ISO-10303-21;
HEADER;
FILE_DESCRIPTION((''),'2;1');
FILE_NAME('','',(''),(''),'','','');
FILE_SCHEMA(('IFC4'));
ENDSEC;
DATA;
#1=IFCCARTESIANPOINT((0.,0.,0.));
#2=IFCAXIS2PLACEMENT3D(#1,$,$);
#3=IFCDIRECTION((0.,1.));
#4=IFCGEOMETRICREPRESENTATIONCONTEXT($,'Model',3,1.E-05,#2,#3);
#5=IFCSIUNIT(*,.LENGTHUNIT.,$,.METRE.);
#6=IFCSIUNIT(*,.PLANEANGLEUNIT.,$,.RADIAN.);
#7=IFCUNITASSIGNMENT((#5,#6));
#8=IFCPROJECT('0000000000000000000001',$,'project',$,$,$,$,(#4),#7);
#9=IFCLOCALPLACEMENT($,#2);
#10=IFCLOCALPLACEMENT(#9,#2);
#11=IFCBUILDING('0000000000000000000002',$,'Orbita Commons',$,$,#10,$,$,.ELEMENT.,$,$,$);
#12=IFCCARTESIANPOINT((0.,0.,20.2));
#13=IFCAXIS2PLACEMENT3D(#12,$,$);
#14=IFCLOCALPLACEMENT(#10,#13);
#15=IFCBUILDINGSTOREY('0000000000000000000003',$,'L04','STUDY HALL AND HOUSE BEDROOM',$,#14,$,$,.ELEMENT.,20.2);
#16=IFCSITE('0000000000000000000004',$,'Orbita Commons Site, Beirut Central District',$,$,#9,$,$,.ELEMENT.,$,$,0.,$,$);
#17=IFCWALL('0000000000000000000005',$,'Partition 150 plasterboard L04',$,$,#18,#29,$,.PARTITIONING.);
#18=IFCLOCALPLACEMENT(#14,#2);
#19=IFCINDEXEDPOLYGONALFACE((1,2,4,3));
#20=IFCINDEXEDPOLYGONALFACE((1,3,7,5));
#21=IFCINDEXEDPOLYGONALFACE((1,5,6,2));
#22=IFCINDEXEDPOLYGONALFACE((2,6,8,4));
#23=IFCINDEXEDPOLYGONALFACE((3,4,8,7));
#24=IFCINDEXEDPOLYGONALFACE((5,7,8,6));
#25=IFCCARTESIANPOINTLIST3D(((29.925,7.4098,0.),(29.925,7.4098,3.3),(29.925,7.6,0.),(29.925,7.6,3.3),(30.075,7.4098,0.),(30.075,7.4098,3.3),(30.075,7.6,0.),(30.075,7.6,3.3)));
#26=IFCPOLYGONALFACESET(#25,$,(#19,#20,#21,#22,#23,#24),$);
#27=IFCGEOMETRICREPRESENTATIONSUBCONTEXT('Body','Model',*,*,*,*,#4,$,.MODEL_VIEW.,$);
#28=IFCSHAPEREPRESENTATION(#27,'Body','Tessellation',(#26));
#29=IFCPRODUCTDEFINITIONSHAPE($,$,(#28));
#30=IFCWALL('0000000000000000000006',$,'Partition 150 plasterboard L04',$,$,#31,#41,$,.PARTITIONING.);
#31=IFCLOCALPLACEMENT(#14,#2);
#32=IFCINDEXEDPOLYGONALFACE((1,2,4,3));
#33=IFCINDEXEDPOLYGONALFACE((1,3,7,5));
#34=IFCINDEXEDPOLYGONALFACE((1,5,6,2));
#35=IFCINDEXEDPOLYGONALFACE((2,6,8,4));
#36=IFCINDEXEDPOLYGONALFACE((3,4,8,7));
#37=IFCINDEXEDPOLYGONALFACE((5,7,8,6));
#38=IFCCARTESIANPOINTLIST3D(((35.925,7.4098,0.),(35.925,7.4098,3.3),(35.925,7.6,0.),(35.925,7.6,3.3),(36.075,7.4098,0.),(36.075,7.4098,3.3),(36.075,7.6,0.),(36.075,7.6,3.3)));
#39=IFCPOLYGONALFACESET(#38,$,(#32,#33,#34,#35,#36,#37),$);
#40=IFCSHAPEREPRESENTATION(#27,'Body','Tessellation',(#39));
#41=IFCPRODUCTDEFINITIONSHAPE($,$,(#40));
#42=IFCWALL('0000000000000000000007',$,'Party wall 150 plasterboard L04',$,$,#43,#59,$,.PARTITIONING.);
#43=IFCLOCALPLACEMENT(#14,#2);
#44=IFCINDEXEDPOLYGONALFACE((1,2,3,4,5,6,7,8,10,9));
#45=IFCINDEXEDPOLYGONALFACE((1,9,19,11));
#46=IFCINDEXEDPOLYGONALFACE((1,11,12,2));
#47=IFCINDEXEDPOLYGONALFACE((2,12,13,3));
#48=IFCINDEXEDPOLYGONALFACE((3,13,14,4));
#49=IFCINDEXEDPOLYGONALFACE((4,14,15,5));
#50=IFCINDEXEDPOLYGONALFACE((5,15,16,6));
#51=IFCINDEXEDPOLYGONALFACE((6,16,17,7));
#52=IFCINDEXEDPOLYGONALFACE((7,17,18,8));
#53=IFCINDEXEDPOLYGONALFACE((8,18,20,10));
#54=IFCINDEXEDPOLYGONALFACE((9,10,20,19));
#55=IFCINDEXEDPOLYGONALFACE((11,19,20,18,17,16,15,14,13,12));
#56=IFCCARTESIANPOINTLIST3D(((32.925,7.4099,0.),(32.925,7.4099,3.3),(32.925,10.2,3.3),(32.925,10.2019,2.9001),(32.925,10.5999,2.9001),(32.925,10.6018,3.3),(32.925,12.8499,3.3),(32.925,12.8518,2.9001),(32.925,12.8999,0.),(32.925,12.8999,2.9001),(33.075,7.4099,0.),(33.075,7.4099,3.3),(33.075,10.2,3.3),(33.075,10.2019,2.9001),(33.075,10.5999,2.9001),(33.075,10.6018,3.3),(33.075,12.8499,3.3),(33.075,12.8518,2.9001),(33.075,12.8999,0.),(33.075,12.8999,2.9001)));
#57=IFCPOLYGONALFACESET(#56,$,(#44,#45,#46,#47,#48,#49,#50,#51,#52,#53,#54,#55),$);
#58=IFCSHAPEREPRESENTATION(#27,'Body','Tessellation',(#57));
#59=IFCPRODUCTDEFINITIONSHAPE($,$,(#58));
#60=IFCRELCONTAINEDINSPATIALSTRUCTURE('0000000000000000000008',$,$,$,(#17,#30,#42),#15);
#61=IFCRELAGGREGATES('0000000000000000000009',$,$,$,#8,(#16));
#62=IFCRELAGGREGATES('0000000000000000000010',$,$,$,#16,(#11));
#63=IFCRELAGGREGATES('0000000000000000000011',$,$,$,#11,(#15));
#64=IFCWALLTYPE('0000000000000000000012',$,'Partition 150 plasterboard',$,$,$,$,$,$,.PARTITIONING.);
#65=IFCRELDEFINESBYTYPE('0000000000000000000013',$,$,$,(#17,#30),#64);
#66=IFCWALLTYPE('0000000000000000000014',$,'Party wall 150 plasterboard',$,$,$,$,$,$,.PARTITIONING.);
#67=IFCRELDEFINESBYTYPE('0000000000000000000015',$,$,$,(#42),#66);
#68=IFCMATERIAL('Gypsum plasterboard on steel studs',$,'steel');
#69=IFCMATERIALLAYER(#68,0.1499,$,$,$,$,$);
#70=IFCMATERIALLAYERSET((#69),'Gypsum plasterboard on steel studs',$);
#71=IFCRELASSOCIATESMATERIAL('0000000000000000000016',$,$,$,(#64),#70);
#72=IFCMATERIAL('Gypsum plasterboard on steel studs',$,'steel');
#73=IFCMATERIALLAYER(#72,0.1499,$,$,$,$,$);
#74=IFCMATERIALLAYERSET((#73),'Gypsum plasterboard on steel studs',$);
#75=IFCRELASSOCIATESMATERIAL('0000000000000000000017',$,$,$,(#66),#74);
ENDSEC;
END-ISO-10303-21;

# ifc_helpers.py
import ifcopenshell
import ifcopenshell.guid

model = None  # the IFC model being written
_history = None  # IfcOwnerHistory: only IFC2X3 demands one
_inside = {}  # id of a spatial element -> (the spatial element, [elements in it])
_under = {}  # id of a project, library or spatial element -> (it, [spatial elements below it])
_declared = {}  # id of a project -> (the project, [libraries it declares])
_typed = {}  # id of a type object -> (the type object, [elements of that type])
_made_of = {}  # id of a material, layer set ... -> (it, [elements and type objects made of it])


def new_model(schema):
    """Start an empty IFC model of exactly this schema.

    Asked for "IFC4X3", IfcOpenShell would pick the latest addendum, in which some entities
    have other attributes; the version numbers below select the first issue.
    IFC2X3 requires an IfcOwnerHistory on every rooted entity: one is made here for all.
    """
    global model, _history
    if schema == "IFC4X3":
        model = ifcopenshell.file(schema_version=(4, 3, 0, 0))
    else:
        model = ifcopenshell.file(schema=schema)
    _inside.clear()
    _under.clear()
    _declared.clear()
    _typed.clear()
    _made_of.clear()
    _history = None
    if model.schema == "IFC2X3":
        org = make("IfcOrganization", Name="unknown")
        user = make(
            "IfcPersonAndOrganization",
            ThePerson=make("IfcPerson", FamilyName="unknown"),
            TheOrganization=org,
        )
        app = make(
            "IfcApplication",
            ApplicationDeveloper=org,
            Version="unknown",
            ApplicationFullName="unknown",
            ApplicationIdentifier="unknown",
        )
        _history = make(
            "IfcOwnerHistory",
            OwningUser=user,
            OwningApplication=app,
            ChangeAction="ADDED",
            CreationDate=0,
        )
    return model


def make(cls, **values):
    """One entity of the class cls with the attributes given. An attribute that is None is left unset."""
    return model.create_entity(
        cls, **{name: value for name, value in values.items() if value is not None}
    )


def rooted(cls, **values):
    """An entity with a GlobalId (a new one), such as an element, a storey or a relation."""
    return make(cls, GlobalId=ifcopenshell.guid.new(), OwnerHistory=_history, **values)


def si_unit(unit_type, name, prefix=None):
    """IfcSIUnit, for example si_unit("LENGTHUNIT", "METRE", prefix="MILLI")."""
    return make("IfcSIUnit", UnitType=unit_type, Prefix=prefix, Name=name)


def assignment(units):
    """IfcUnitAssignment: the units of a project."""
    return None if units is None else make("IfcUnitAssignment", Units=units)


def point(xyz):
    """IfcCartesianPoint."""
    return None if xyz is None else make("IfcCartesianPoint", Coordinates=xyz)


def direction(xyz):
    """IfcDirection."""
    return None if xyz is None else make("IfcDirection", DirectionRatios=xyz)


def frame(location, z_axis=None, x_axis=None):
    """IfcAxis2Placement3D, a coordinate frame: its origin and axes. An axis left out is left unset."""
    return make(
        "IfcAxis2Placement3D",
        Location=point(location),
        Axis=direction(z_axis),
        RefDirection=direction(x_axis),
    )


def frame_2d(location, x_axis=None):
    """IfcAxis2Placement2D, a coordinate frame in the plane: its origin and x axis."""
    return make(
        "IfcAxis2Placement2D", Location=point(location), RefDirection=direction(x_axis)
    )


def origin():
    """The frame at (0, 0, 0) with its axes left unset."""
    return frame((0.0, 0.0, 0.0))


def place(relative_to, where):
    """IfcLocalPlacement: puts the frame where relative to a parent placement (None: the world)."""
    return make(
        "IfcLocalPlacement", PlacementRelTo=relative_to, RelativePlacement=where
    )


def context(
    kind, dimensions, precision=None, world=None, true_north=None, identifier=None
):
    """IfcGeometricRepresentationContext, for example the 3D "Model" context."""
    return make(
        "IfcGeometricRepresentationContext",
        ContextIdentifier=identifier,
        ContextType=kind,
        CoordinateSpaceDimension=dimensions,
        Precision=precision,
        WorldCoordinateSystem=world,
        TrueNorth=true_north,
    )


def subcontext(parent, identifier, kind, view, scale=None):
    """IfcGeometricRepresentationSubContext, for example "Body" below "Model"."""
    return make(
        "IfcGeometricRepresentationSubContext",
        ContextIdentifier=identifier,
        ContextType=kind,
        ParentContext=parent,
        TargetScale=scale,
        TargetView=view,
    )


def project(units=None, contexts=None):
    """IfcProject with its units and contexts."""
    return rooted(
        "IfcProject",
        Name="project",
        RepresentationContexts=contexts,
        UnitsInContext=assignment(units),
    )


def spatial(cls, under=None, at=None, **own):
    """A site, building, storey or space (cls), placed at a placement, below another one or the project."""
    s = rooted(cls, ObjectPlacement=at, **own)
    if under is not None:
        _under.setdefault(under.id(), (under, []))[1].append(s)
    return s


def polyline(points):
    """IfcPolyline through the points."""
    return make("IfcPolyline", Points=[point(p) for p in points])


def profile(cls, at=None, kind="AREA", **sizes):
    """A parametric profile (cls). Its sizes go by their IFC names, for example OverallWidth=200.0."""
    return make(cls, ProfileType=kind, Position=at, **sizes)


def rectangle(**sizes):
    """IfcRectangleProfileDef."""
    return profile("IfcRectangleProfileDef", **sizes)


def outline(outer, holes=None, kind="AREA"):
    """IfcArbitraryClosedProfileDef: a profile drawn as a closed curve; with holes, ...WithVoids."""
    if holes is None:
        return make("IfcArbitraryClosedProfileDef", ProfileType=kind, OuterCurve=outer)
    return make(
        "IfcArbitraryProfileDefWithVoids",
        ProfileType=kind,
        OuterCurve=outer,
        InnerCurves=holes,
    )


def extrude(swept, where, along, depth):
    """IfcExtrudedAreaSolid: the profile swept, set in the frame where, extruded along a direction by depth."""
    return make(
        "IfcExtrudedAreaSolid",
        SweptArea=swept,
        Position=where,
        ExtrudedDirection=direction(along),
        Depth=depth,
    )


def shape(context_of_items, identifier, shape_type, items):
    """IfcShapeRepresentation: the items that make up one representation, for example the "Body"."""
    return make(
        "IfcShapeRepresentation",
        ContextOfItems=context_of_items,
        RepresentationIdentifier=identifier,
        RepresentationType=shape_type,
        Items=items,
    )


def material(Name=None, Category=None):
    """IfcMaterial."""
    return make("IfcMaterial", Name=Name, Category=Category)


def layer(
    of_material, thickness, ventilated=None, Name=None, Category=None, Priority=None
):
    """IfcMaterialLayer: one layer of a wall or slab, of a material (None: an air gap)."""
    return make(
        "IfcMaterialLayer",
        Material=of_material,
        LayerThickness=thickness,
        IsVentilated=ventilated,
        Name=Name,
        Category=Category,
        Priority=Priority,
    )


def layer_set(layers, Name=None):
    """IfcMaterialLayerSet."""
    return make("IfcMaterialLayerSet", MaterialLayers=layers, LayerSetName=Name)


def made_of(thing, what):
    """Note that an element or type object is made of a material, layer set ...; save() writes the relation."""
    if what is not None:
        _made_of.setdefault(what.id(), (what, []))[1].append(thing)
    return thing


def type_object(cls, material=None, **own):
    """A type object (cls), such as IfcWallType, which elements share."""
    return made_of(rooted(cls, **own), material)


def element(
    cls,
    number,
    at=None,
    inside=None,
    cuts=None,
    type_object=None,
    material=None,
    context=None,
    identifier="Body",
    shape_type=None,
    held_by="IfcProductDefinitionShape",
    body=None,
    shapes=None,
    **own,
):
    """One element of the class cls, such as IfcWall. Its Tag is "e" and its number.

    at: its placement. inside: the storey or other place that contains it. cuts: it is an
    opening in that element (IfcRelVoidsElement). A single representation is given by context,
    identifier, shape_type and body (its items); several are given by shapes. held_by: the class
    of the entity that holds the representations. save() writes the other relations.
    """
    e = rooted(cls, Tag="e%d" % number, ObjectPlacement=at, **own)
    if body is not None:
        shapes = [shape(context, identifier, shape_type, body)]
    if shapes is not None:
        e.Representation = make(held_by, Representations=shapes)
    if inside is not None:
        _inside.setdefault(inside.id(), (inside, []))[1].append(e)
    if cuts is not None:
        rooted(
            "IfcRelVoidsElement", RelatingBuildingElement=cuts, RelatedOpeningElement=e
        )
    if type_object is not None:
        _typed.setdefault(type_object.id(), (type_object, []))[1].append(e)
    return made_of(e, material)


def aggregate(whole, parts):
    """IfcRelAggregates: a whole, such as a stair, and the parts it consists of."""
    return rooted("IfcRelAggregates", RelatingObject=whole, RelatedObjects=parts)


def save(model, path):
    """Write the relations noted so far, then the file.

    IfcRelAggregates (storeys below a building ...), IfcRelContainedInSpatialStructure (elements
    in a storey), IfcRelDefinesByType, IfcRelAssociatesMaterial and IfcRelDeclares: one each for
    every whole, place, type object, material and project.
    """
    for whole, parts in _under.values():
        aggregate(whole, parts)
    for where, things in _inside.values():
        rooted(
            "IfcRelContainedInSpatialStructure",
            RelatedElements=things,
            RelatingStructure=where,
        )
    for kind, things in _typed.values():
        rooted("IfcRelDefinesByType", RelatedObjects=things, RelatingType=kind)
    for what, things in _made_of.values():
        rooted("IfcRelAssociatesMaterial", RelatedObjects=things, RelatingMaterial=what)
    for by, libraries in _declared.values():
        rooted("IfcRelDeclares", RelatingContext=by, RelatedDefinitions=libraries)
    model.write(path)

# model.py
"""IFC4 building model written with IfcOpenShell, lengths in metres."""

from ifc_helpers import new_model, si_unit, direction, frame, frame_2d, origin, place, context, subcontext, project, spatial, polyline, rectangle, outline, extrude, material, layer, layer_set, type_object, element, save


model = new_model("IFC4")

# Units and contexts
model_context = context("Model", 3, precision=1e-05, world=origin(), true_north=direction((0.0, 1.0)))
body_context = subcontext(model_context, "Body", "Model", "MODEL_VIEW")
ifc_project = project(units=[si_unit("LENGTHUNIT", "METRE"), si_unit("PLANEANGLEUNIT", "RADIAN")], contexts=[model_context])

# Site, building, storey
site_placement = place(None, origin())
site = spatial("IfcSite", under=ifc_project, at=site_placement, Name="Orbita Commons Site, Beirut Central District", CompositionType="ELEMENT", RefElevation=0.0)
building_placement = place(site_placement, origin())
building = spatial("IfcBuilding", under=site, at=building_placement, Name="Orbita Commons", CompositionType="ELEMENT")
storey_placement = place(building_placement, frame((0.0, 0.0, 20.2)))
storey = spatial("IfcBuildingStorey", under=building, at=storey_placement, Name="L04", Description="STUDY HALL AND HOUSE BEDROOM", CompositionType="ELEMENT", Elevation=20.2)

# Walls
ifc_material_1 = material(Name="Gypsum plasterboard on steel studs", Category="steel")
ifc_layer_1 = layer(ifc_material_1, 0.1499)
ifc_layer_set_1 = layer_set([ifc_layer_1], Name="Gypsum plasterboard on steel studs")
wall_type_1 = type_object("IfcWallType", Name="Partition 150 plasterboard", PredefinedType="PARTITIONING", material=ifc_layer_set_1)
for number, where, z_axis, x_axis, name in (
    (1, (30.0, 7.6001, 0.0), (0.0, 0.0, 1.0), (0.0, -1.0, 0.0), "Partition 150 plasterboard L04"),
    (2, (36.0, 7.6001, 0.0), (0.0, 0.0, 1.0), (0.0, -1.0, 0.0), "Partition 150 plasterboard L04"),
):
    element("IfcWall", number, at=place(storey_placement, frame(where, z_axis=z_axis, x_axis=x_axis)), inside=storey, type_object=wall_type_1, Name=name, PredefinedType="PARTITIONING", context=body_context, shape_type="SweptSolid", body=[
        extrude(rectangle(XDim=0.1902, YDim=0.1499, at=frame_2d((0.0952, 0.0))), origin(), (0.0, 0.0, 1.0), 3.3),
    ])
ifc_material_2 = material(Name="Gypsum plasterboard on steel studs", Category="steel")
ifc_layer_2 = layer(ifc_material_2, 0.1499)
ifc_layer_set_2 = layer_set([ifc_layer_2], Name="Gypsum plasterboard on steel studs")
wall_type_2 = type_object("IfcWallType", Name="Party wall 150 plasterboard", PredefinedType="PARTITIONING", material=ifc_layer_set_2)
wall_placement = place(storey_placement, frame((33.0, 7.4099, 0.0), z_axis=(0.0, 0.0, 1.0), x_axis=(0.0, 1.0, 0.0)))
element("IfcWall", 3, at=wall_placement, inside=storey, type_object=wall_type_2, Name="Party wall 150 plasterboard L04", PredefinedType="PARTITIONING", context=body_context, shape_type="SweptSolid", body=[
    extrude(outline(polyline([(0.0, 0.0), (5.49, 0.0), (5.49, 2.9001), (5.4419, 2.9001), (5.4399, 3.3), (3.1919, 3.3), (3.1899, 2.9001), (2.792, 2.9001), (2.79, 3.3), (0.0, 3.3), (0.0, 0.0)])), frame((0.0, 0.075, 0.0), z_axis=(0.0, -1.0, 0.0), x_axis=(1.0, 0.0, 0.0)), (0.0, 0.0, 1.0), 0.1499),
])

save(model, "model.ifc")
